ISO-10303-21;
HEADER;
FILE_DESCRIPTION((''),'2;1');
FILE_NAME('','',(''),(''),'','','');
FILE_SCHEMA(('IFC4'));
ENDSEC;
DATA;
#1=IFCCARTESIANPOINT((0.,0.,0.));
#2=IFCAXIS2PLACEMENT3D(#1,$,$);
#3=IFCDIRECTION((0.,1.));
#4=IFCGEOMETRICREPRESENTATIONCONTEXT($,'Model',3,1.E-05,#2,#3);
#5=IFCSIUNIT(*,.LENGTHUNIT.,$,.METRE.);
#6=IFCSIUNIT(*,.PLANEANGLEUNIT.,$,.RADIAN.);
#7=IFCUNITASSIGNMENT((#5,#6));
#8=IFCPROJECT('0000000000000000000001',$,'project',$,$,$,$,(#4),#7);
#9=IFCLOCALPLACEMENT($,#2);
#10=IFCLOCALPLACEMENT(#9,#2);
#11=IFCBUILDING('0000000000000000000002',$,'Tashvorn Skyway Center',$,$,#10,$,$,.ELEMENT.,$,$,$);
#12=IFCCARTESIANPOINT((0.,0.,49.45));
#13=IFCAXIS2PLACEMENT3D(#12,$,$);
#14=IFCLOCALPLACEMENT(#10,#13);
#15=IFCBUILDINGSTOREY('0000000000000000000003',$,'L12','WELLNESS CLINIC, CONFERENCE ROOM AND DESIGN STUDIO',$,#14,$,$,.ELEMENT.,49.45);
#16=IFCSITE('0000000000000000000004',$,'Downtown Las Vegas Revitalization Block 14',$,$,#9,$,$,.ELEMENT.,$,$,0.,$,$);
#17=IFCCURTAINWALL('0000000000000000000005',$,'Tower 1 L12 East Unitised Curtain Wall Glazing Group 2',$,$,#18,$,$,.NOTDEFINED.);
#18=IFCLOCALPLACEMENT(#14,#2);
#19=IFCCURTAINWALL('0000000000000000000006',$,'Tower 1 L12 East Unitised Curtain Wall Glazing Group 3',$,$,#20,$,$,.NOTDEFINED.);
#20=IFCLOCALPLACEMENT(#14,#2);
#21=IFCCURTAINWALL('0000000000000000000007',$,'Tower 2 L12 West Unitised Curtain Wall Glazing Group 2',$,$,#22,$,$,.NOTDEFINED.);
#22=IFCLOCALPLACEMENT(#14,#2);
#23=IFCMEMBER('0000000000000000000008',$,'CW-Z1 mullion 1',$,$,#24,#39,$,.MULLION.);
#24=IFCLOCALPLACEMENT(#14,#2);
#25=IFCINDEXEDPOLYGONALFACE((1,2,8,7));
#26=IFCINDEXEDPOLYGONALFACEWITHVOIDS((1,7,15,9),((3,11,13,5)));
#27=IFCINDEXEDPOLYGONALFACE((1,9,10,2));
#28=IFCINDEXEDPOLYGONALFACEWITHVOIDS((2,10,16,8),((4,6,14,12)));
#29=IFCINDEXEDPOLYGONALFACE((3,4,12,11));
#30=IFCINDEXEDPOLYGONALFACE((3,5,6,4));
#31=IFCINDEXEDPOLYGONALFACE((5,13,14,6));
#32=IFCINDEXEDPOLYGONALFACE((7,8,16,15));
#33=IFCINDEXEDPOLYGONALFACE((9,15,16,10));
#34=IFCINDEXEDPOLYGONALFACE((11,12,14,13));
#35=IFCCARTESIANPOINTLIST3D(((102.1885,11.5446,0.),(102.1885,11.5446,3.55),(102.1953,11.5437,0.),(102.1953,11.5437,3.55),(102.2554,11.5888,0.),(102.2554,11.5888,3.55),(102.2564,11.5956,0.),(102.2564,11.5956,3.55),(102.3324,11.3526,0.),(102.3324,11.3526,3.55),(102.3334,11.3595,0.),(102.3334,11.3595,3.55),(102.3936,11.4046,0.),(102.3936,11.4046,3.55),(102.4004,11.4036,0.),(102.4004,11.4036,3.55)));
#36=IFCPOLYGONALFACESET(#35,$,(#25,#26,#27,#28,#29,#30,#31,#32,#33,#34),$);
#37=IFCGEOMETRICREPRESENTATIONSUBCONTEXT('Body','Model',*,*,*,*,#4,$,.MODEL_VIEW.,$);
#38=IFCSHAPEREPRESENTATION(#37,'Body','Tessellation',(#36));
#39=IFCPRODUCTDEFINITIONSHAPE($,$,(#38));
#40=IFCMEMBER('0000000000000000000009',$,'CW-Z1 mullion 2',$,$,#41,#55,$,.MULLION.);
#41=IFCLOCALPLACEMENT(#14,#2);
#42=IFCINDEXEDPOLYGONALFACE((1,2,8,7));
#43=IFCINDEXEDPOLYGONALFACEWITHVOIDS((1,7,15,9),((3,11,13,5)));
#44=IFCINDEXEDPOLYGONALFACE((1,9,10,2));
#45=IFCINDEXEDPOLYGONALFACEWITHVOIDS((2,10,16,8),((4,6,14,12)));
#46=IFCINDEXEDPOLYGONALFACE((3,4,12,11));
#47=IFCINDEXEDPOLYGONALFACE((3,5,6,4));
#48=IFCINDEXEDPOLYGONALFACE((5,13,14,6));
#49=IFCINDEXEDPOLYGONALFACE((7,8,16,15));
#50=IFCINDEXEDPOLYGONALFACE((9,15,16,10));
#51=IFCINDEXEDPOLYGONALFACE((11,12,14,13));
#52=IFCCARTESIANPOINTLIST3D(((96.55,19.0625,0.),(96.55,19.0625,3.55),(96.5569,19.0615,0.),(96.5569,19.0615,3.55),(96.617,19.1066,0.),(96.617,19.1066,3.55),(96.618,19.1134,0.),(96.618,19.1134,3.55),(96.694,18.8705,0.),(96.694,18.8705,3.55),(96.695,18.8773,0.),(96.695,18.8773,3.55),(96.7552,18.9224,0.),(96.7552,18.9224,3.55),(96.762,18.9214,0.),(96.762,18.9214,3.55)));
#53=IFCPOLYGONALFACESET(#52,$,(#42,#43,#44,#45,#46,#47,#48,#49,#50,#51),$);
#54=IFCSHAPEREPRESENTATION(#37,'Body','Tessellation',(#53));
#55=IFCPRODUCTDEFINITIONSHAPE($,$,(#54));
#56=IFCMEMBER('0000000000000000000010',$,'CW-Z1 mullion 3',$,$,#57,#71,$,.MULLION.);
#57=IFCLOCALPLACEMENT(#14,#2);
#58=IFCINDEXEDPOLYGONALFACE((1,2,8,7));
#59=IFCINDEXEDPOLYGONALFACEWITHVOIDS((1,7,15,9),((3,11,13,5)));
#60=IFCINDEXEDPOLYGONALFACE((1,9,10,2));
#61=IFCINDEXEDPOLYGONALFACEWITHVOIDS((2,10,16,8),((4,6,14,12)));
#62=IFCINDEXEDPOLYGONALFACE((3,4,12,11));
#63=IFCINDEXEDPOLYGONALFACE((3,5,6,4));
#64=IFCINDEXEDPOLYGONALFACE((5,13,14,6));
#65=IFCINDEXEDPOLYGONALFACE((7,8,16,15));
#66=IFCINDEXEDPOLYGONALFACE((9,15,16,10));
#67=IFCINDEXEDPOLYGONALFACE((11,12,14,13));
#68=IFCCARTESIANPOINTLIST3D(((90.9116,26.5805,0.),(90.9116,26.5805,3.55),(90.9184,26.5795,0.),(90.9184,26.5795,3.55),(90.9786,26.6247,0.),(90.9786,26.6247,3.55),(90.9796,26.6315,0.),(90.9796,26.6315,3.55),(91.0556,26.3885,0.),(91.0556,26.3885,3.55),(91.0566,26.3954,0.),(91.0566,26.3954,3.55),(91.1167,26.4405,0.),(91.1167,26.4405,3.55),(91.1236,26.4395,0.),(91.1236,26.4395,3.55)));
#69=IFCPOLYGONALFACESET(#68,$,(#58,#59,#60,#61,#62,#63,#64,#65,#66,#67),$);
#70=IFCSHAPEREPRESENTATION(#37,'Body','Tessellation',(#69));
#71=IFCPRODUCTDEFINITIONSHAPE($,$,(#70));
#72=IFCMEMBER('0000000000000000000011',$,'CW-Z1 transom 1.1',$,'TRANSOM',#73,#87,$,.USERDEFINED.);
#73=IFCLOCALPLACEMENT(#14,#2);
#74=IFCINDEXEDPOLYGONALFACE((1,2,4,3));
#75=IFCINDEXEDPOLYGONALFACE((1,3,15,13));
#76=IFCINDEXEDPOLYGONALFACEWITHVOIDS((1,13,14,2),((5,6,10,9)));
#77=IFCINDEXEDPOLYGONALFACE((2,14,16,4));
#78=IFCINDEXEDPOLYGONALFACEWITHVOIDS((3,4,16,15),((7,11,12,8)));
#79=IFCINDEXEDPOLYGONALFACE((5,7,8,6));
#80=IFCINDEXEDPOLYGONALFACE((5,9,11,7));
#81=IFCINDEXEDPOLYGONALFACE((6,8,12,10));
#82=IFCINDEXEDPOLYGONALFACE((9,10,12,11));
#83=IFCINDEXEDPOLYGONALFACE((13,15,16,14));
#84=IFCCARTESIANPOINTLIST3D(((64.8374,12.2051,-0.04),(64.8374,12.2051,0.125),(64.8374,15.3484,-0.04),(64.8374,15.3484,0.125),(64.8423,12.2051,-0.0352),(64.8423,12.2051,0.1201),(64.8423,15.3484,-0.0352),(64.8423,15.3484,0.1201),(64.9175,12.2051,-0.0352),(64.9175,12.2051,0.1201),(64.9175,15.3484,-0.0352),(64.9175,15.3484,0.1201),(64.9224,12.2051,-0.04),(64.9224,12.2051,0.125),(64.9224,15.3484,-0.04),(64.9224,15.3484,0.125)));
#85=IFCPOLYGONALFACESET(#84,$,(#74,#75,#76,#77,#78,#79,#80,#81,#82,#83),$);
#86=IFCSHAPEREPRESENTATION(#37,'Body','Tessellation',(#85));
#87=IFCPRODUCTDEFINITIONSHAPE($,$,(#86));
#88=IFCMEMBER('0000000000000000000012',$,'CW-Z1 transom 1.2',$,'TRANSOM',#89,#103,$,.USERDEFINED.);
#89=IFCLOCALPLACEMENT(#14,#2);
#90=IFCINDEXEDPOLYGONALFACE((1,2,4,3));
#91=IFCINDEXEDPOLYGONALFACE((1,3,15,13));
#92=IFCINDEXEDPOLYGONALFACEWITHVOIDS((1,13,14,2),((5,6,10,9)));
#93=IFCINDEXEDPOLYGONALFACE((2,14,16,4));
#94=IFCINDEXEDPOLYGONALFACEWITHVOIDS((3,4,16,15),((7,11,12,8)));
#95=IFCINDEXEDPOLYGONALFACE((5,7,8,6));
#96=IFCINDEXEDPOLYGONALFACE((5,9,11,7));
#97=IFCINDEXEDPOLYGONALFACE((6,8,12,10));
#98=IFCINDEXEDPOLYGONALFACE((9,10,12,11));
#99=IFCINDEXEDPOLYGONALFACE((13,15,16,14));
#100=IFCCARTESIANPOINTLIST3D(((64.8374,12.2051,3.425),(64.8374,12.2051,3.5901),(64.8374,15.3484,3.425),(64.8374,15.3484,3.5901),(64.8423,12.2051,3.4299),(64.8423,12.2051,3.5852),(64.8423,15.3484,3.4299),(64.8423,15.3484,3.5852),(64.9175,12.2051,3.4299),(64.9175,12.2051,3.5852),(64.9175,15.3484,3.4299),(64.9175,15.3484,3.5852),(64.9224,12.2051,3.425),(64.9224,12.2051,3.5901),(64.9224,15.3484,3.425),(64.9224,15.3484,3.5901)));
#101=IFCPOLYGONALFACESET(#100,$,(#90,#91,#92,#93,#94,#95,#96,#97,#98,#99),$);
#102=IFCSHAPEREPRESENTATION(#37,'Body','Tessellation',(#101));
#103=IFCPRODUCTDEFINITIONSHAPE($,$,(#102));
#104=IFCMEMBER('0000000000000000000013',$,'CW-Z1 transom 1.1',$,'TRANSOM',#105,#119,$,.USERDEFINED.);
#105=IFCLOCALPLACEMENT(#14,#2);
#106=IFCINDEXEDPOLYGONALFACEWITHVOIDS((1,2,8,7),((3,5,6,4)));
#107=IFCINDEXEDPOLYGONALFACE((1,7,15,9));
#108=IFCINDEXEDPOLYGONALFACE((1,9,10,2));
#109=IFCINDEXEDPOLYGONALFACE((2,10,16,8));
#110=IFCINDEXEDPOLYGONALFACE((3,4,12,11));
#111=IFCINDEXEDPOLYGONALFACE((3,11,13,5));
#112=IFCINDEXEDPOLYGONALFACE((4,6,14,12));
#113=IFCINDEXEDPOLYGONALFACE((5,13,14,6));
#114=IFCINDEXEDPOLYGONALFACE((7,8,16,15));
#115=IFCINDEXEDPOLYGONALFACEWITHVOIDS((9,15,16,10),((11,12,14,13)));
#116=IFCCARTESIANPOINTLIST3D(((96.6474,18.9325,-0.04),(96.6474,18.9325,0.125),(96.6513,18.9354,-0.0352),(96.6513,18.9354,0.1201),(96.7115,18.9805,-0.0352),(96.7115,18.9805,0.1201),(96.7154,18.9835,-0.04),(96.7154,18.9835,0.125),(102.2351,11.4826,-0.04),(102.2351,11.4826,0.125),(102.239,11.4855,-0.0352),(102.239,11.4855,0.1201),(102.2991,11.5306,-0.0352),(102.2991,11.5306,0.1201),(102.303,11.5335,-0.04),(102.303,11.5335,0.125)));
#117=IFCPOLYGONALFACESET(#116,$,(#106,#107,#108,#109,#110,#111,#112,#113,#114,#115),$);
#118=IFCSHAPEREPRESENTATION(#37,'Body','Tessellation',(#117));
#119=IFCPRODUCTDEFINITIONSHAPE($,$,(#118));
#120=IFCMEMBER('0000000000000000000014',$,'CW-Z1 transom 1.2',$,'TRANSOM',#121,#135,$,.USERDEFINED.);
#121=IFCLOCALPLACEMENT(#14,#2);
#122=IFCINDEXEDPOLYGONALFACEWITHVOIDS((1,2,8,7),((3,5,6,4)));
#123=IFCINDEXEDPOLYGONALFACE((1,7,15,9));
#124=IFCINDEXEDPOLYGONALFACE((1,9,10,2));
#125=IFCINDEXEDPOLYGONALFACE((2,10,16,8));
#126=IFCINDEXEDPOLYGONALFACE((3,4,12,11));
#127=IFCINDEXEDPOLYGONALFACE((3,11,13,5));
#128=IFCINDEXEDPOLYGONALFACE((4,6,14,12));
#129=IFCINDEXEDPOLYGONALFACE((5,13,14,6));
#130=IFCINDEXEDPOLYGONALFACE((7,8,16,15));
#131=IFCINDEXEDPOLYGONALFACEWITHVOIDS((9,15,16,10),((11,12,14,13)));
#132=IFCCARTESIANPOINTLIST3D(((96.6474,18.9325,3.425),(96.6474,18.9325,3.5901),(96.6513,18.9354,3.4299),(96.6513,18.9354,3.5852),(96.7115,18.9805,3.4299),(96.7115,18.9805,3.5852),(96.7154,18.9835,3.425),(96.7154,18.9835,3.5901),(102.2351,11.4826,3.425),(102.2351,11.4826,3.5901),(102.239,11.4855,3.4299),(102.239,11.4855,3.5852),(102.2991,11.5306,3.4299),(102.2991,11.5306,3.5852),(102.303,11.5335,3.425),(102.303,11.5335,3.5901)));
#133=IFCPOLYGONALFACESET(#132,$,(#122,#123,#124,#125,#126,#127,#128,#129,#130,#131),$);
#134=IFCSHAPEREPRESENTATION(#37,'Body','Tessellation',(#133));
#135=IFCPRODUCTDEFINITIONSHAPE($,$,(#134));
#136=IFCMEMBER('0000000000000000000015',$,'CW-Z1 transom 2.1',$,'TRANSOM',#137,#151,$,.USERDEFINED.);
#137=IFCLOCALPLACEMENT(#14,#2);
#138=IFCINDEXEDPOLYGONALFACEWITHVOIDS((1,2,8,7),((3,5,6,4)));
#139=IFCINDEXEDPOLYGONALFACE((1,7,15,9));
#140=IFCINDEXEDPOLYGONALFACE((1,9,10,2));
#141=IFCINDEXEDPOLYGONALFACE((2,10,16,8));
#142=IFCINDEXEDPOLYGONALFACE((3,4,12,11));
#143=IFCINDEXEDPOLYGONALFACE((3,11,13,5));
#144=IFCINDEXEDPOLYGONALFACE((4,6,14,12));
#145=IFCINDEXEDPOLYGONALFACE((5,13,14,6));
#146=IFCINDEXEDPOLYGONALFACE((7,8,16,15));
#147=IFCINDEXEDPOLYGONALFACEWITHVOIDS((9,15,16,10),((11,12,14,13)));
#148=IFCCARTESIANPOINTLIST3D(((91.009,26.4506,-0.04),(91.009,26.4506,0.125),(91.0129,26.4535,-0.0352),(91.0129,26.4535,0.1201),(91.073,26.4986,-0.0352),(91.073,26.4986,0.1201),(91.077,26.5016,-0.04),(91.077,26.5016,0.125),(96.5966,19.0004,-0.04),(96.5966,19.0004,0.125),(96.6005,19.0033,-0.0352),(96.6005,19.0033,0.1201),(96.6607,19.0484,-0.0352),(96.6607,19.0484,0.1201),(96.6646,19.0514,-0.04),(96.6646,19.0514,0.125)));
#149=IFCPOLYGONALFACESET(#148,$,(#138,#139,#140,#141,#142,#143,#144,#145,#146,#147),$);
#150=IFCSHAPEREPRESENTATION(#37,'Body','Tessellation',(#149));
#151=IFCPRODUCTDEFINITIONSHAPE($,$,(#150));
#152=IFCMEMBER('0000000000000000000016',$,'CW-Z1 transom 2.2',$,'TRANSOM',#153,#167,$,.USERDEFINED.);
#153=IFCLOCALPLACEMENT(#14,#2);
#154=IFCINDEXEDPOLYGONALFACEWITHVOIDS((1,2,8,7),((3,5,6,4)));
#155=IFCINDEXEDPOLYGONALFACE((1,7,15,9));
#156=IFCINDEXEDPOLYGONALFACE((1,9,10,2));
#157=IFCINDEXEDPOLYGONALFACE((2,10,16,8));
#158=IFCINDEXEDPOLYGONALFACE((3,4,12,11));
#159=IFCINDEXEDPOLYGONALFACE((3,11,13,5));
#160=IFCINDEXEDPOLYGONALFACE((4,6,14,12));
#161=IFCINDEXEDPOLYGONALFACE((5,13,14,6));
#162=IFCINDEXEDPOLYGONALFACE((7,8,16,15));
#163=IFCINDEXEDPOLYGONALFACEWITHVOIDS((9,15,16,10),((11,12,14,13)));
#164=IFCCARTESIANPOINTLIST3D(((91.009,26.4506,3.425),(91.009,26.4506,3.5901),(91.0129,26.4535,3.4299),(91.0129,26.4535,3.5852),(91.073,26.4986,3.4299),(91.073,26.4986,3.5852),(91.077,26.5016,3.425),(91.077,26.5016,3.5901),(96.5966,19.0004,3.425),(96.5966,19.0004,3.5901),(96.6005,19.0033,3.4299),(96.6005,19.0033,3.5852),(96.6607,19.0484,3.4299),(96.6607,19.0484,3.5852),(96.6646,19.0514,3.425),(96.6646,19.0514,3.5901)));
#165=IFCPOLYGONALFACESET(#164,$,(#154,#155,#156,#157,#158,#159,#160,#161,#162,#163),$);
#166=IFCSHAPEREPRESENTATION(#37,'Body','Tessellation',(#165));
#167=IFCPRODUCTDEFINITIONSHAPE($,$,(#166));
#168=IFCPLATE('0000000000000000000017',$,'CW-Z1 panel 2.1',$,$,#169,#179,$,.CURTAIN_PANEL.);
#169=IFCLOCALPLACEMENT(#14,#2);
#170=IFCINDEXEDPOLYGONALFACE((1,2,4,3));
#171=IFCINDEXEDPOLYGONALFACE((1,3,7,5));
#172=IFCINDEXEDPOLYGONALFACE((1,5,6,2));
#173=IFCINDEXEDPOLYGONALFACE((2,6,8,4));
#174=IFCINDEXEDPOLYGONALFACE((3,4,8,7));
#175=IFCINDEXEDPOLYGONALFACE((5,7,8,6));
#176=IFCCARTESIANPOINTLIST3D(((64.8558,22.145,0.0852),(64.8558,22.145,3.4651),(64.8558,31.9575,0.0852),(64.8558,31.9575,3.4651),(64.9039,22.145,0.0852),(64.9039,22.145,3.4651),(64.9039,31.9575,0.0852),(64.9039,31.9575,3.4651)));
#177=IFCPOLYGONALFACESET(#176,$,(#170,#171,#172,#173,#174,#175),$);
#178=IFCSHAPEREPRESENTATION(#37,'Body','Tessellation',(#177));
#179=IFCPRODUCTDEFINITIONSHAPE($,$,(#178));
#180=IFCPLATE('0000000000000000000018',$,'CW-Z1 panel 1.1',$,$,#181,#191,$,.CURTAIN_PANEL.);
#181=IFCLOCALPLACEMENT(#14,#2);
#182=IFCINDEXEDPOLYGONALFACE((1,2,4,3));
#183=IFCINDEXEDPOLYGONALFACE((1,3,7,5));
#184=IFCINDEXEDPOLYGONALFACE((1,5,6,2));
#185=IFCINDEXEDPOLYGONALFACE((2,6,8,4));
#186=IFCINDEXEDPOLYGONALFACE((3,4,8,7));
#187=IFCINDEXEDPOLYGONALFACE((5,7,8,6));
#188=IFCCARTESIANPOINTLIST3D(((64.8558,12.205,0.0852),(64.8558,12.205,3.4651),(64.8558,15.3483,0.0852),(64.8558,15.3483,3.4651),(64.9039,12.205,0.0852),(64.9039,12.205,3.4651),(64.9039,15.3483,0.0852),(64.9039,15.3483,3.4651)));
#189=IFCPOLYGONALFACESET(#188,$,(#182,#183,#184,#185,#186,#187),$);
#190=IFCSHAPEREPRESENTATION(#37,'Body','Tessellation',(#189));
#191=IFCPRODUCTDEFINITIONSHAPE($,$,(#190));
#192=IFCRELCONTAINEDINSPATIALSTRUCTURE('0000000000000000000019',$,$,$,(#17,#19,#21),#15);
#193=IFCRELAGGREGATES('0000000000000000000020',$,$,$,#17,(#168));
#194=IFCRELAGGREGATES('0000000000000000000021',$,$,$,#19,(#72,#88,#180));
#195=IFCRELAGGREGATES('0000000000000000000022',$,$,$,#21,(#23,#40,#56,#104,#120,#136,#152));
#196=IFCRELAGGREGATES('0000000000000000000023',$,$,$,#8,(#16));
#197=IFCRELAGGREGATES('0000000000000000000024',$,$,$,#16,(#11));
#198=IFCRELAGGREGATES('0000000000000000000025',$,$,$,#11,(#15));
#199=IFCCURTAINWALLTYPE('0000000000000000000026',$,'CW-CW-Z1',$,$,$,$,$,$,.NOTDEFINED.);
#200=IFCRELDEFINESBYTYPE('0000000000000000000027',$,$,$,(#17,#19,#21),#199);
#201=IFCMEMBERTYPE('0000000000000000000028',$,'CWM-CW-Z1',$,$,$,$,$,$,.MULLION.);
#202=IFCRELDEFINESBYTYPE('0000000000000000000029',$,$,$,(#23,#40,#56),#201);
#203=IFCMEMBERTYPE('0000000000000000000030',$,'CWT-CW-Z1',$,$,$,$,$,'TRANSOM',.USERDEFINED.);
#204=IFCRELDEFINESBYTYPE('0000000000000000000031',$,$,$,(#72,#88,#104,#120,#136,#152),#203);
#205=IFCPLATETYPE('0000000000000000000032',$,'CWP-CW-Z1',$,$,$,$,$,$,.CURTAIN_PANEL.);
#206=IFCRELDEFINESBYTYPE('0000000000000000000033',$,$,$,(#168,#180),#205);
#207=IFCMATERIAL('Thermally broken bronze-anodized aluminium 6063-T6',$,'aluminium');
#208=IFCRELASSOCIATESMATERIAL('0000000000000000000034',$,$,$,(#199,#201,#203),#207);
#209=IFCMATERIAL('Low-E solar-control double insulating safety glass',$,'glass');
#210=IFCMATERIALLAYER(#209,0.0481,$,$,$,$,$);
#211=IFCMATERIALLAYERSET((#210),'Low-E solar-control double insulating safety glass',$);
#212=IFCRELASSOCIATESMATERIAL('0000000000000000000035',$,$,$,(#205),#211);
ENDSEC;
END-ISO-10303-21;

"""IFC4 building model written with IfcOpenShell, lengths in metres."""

from ifc_helpers import new_model, si_unit, direction, frame, origin, origin_2d, place, context, subcontext, project, spatial, rectangle, hollow_rectangle, extrude, material, layer, layer_set, material_profile, profile_set, type_object, element, aggregate, save


model = new_model("IFC4")

# Units and contexts
model_context = context("Model", 3, precision=1e-05, world=origin(), true_north=direction((0.0, 1.0)))
body_context = subcontext(model_context, "Body", "Model", "MODEL_VIEW")
ifc_project = project(units=[si_unit("LENGTHUNIT", "METRE"), si_unit("PLANEANGLEUNIT", "RADIAN")], contexts=[model_context])

# Site, building, storey
site_placement = place(None, origin())
site = spatial("IfcSite", under=ifc_project, at=site_placement, Name="Downtown Las Vegas Revitalization Block 14", CompositionType="ELEMENT", RefElevation=0.0)
building_placement = place(site_placement, origin())
building = spatial("IfcBuilding", under=site, at=building_placement, Name="Tashvorn Skyway Center", CompositionType="ELEMENT")
storey_placement = place(building_placement, frame((0.0, 0.0, 49.45)))
storey = spatial("IfcBuildingStorey", under=building, at=storey_placement, Name="L12", Description="WELLNESS CLINIC, CONFERENCE ROOM AND DESIGN STUDIO", CompositionType="ELEMENT", Elevation=49.45)

# Curtain wall
ifc_material_1 = material(Name="Thermally broken bronze-anodized aluminium 6063-T6", Category="aluminium")
curtain_wall_type = type_object("IfcCurtainWallType", Name="CW-CW-Z1", PredefinedType="NOTDEFINED", material=ifc_material_1)
curtain_wall_1_placement = place(storey_placement, origin())
curtain_wall_1 = element("IfcCurtainWall", 1, at=curtain_wall_1_placement, inside=storey, type_object=curtain_wall_type, Name="Tower 1 L12 East Unitised Curtain Wall Glazing Group 2", PredefinedType="NOTDEFINED")
ifc_material_profile_1 = material_profile(ifc_material_1, hollow_rectangle(XDim=0.085, YDim=0.24, WallThickness=0.0049, at=origin_2d()), Name="ALU-MULL-85x240")
ifc_profile_set_1 = profile_set([ifc_material_profile_1], Name="Thermally broken bronze-anodized aluminium 6063-T6")
member_type_1 = type_object("IfcMemberType", Name="CWM-CW-Z1", PredefinedType="MULLION", material=ifc_profile_set_1)

# Curtain walls, members
curtain_wall_2_placement = place(storey_placement, origin())
curtain_wall_2 = element("IfcCurtainWall", 2, at=curtain_wall_2_placement, inside=storey, type_object=curtain_wall_type, Name="Tower 1 L12 East Unitised Curtain Wall Glazing Group 3", PredefinedType="NOTDEFINED")
curtain_wall_3_placement = place(storey_placement, origin())
curtain_wall_3 = element("IfcCurtainWall", 3, at=curtain_wall_3_placement, inside=storey, type_object=curtain_wall_type, Name="Tower 2 L12 West Unitised Curtain Wall Glazing Group 2", PredefinedType="NOTDEFINED")
member_1_placement = place(storey_placement, frame((102.2944, 11.4741, 0.0), z_axis=(0.0, 0.0, 1.0), x_axis=(-0.8, -0.6, 0.0)))
member_1 = element("IfcMember", 4, at=member_1_placement, type_object=member_type_1, Name="CW-Z1 mullion 1", PredefinedType="MULLION", context=body_context, shape_type="SweptSolid", body=[
    extrude(hollow_rectangle(XDim=0.085, YDim=0.24, WallThickness=0.0049, at=origin_2d()), origin(), (0.0, 0.0, 1.0), 3.55),
])
member_2_placement = place(storey_placement, frame((96.656, 18.9919, 0.0), z_axis=(0.0, 0.0, 1.0), x_axis=(-0.8, -0.6, 0.0)))
member_2 = element("IfcMember", 5, at=member_2_placement, type_object=member_type_1, Name="CW-Z1 mullion 2", PredefinedType="MULLION", context=body_context, shape_type="SweptSolid", body=[
    extrude(hollow_rectangle(XDim=0.085, YDim=0.24, WallThickness=0.0049, at=origin_2d()), origin(), (0.0, 0.0, 1.0), 3.55),
])
member_3_placement = place(storey_placement, frame((91.0176, 26.51, 0.0), z_axis=(0.0, 0.0, 1.0), x_axis=(-0.8, -0.6, 0.0)))
member_3 = element("IfcMember", 6, at=member_3_placement, type_object=member_type_1, Name="CW-Z1 mullion 3", PredefinedType="MULLION", context=body_context, shape_type="SweptSolid", body=[
    extrude(hollow_rectangle(XDim=0.085, YDim=0.24, WallThickness=0.0049, at=origin_2d()), origin(), (0.0, 0.0, 1.0), 3.55),
])

# Members
ifc_material_profile_2 = material_profile(ifc_material_1, hollow_rectangle(XDim=0.085, YDim=0.165, WallThickness=0.0049, at=origin_2d()), Name="ALU-TRAN-85x165")
ifc_profile_set_2 = profile_set([ifc_material_profile_2], Name="Thermally broken bronze-anodized aluminium 6063-T6")
member_type_2 = type_object("IfcMemberType", Name="CWT-CW-Z1", ElementType="TRANSOM", PredefinedType="USERDEFINED", material=ifc_profile_set_2)
member_4_placement = place(storey_placement, frame((64.8799, 15.3484, 0.0425), z_axis=(0.0, -1.0, 0.0), x_axis=(1.0, 0.0, 0.0)))
member_4 = element("IfcMember", 7, at=member_4_placement, type_object=member_type_2, Name="CW-Z1 transom 1.1", ObjectType="TRANSOM", PredefinedType="USERDEFINED", context=body_context, shape_type="SweptSolid", body=[
    extrude(hollow_rectangle(XDim=0.085, YDim=0.165, WallThickness=0.0049, at=origin_2d()), origin(), (0.0, 0.0, 1.0), 3.1433),
])
member_5_placement = place(storey_placement, frame((64.8799, 15.3484, 3.5076), z_axis=(0.0, -1.0, 0.0), x_axis=(1.0, 0.0, 0.0)))
member_5 = element("IfcMember", 8, at=member_5_placement, type_object=member_type_2, Name="CW-Z1 transom 1.2", ObjectType="TRANSOM", PredefinedType="USERDEFINED", context=body_context, shape_type="SweptSolid", body=[
    extrude(hollow_rectangle(XDim=0.085, YDim=0.165, WallThickness=0.0049, at=origin_2d()), origin(), (0.0, 0.0, 1.0), 3.1433),
])
member_6_placement = place(storey_placement, frame((102.269, 11.5081, 0.0425), z_axis=(-0.600013, 0.799991, 0.0), x_axis=(-0.799991, -0.600013, 0.0)))
member_6 = element("IfcMember", 9, at=member_6_placement, type_object=member_type_2, Name="CW-Z1 transom 1.1", ObjectType="TRANSOM", PredefinedType="USERDEFINED", context=body_context, shape_type="SweptSolid", body=[
    extrude(hollow_rectangle(XDim=0.085, YDim=0.165, WallThickness=0.0049, at=origin_2d()), origin(), (0.0, 0.0, 1.0), 9.3125),
])
member_7_placement = place(storey_placement, frame((102.269, 11.5081, 3.5076), z_axis=(-0.600013, 0.799991, 0.0), x_axis=(-0.799991, -0.600013, 0.0)))
member_7 = element("IfcMember", 10, at=member_7_placement, type_object=member_type_2, Name="CW-Z1 transom 1.2", ObjectType="TRANSOM", PredefinedType="USERDEFINED", context=body_context, shape_type="SweptSolid", body=[
    extrude(hollow_rectangle(XDim=0.085, YDim=0.165, WallThickness=0.0049, at=origin_2d()), origin(), (0.0, 0.0, 1.0), 9.3125),
])
member_8_placement = place(storey_placement, frame((96.6306, 19.0259, 0.0425), z_axis=(-0.6, 0.8, 0.0), x_axis=(-0.8, -0.6, 0.0)))
member_8 = element("IfcMember", 11, at=member_8_placement, type_object=member_type_2, Name="CW-Z1 transom 2.1", ObjectType="TRANSOM", PredefinedType="USERDEFINED", context=body_context, shape_type="SweptSolid", body=[
    extrude(hollow_rectangle(XDim=0.085, YDim=0.165, WallThickness=0.0049, at=origin_2d()), origin(), (0.0, 0.0, 1.0), 9.3127),
])
member_9_placement = place(storey_placement, frame((96.6306, 19.0259, 3.5076), z_axis=(-0.6, 0.8, 0.0), x_axis=(-0.8, -0.6, 0.0)))
member_9 = element("IfcMember", 12, at=member_9_placement, type_object=member_type_2, Name="CW-Z1 transom 2.2", ObjectType="TRANSOM", PredefinedType="USERDEFINED", context=body_context, shape_type="SweptSolid", body=[
    extrude(hollow_rectangle(XDim=0.085, YDim=0.165, WallThickness=0.0049, at=origin_2d()), origin(), (0.0, 0.0, 1.0), 9.3127),
])

# Plates
ifc_material_2 = material(Name="Low-E solar-control double insulating safety glass", Category="glass")
ifc_layer_1 = layer(ifc_material_2, 0.0481)
ifc_layer_set_1 = layer_set([ifc_layer_1], Name="Low-E solar-control double insulating safety glass")
plate_type = type_object("IfcPlateType", Name="CWP-CW-Z1", PredefinedType="CURTAIN_PANEL", material=ifc_layer_set_1)
plate_1_placement = place(storey_placement, frame((64.8799, 27.0513, 0.0852), z_axis=(0.0, 0.0, 1.0), x_axis=(0.0, -1.0, 0.0)))
plate_1 = element("IfcPlate", 13, at=plate_1_placement, type_object=plate_type, Name="CW-Z1 panel 2.1", PredefinedType="CURTAIN_PANEL", context=body_context, shape_type="SweptSolid", body=[
    extrude(rectangle(XDim=9.8125, YDim=0.0481, at=origin_2d()), origin(), (0.0, 0.0, 1.0), 3.3799),
])
aggregate(curtain_wall_1, [plate_1])
plate_2_placement = place(storey_placement, frame((64.8799, 13.7766, 0.0852), z_axis=(0.0, 0.0, 1.0), x_axis=(0.0, -1.0, 0.0)))
plate_2 = element("IfcPlate", 14, at=plate_2_placement, type_object=plate_type, Name="CW-Z1 panel 1.1", PredefinedType="CURTAIN_PANEL", context=body_context, shape_type="SweptSolid", body=[
    extrude(rectangle(XDim=3.1433, YDim=0.0481, at=origin_2d()), origin(), (0.0, 0.0, 1.0), 3.3799),
])
aggregate(curtain_wall_2, [member_4, member_5, plate_2])
aggregate(curtain_wall_3, [member_1, member_2, member_3, member_6, member_7, member_8, member_9])

save(model, "model.ifc")
